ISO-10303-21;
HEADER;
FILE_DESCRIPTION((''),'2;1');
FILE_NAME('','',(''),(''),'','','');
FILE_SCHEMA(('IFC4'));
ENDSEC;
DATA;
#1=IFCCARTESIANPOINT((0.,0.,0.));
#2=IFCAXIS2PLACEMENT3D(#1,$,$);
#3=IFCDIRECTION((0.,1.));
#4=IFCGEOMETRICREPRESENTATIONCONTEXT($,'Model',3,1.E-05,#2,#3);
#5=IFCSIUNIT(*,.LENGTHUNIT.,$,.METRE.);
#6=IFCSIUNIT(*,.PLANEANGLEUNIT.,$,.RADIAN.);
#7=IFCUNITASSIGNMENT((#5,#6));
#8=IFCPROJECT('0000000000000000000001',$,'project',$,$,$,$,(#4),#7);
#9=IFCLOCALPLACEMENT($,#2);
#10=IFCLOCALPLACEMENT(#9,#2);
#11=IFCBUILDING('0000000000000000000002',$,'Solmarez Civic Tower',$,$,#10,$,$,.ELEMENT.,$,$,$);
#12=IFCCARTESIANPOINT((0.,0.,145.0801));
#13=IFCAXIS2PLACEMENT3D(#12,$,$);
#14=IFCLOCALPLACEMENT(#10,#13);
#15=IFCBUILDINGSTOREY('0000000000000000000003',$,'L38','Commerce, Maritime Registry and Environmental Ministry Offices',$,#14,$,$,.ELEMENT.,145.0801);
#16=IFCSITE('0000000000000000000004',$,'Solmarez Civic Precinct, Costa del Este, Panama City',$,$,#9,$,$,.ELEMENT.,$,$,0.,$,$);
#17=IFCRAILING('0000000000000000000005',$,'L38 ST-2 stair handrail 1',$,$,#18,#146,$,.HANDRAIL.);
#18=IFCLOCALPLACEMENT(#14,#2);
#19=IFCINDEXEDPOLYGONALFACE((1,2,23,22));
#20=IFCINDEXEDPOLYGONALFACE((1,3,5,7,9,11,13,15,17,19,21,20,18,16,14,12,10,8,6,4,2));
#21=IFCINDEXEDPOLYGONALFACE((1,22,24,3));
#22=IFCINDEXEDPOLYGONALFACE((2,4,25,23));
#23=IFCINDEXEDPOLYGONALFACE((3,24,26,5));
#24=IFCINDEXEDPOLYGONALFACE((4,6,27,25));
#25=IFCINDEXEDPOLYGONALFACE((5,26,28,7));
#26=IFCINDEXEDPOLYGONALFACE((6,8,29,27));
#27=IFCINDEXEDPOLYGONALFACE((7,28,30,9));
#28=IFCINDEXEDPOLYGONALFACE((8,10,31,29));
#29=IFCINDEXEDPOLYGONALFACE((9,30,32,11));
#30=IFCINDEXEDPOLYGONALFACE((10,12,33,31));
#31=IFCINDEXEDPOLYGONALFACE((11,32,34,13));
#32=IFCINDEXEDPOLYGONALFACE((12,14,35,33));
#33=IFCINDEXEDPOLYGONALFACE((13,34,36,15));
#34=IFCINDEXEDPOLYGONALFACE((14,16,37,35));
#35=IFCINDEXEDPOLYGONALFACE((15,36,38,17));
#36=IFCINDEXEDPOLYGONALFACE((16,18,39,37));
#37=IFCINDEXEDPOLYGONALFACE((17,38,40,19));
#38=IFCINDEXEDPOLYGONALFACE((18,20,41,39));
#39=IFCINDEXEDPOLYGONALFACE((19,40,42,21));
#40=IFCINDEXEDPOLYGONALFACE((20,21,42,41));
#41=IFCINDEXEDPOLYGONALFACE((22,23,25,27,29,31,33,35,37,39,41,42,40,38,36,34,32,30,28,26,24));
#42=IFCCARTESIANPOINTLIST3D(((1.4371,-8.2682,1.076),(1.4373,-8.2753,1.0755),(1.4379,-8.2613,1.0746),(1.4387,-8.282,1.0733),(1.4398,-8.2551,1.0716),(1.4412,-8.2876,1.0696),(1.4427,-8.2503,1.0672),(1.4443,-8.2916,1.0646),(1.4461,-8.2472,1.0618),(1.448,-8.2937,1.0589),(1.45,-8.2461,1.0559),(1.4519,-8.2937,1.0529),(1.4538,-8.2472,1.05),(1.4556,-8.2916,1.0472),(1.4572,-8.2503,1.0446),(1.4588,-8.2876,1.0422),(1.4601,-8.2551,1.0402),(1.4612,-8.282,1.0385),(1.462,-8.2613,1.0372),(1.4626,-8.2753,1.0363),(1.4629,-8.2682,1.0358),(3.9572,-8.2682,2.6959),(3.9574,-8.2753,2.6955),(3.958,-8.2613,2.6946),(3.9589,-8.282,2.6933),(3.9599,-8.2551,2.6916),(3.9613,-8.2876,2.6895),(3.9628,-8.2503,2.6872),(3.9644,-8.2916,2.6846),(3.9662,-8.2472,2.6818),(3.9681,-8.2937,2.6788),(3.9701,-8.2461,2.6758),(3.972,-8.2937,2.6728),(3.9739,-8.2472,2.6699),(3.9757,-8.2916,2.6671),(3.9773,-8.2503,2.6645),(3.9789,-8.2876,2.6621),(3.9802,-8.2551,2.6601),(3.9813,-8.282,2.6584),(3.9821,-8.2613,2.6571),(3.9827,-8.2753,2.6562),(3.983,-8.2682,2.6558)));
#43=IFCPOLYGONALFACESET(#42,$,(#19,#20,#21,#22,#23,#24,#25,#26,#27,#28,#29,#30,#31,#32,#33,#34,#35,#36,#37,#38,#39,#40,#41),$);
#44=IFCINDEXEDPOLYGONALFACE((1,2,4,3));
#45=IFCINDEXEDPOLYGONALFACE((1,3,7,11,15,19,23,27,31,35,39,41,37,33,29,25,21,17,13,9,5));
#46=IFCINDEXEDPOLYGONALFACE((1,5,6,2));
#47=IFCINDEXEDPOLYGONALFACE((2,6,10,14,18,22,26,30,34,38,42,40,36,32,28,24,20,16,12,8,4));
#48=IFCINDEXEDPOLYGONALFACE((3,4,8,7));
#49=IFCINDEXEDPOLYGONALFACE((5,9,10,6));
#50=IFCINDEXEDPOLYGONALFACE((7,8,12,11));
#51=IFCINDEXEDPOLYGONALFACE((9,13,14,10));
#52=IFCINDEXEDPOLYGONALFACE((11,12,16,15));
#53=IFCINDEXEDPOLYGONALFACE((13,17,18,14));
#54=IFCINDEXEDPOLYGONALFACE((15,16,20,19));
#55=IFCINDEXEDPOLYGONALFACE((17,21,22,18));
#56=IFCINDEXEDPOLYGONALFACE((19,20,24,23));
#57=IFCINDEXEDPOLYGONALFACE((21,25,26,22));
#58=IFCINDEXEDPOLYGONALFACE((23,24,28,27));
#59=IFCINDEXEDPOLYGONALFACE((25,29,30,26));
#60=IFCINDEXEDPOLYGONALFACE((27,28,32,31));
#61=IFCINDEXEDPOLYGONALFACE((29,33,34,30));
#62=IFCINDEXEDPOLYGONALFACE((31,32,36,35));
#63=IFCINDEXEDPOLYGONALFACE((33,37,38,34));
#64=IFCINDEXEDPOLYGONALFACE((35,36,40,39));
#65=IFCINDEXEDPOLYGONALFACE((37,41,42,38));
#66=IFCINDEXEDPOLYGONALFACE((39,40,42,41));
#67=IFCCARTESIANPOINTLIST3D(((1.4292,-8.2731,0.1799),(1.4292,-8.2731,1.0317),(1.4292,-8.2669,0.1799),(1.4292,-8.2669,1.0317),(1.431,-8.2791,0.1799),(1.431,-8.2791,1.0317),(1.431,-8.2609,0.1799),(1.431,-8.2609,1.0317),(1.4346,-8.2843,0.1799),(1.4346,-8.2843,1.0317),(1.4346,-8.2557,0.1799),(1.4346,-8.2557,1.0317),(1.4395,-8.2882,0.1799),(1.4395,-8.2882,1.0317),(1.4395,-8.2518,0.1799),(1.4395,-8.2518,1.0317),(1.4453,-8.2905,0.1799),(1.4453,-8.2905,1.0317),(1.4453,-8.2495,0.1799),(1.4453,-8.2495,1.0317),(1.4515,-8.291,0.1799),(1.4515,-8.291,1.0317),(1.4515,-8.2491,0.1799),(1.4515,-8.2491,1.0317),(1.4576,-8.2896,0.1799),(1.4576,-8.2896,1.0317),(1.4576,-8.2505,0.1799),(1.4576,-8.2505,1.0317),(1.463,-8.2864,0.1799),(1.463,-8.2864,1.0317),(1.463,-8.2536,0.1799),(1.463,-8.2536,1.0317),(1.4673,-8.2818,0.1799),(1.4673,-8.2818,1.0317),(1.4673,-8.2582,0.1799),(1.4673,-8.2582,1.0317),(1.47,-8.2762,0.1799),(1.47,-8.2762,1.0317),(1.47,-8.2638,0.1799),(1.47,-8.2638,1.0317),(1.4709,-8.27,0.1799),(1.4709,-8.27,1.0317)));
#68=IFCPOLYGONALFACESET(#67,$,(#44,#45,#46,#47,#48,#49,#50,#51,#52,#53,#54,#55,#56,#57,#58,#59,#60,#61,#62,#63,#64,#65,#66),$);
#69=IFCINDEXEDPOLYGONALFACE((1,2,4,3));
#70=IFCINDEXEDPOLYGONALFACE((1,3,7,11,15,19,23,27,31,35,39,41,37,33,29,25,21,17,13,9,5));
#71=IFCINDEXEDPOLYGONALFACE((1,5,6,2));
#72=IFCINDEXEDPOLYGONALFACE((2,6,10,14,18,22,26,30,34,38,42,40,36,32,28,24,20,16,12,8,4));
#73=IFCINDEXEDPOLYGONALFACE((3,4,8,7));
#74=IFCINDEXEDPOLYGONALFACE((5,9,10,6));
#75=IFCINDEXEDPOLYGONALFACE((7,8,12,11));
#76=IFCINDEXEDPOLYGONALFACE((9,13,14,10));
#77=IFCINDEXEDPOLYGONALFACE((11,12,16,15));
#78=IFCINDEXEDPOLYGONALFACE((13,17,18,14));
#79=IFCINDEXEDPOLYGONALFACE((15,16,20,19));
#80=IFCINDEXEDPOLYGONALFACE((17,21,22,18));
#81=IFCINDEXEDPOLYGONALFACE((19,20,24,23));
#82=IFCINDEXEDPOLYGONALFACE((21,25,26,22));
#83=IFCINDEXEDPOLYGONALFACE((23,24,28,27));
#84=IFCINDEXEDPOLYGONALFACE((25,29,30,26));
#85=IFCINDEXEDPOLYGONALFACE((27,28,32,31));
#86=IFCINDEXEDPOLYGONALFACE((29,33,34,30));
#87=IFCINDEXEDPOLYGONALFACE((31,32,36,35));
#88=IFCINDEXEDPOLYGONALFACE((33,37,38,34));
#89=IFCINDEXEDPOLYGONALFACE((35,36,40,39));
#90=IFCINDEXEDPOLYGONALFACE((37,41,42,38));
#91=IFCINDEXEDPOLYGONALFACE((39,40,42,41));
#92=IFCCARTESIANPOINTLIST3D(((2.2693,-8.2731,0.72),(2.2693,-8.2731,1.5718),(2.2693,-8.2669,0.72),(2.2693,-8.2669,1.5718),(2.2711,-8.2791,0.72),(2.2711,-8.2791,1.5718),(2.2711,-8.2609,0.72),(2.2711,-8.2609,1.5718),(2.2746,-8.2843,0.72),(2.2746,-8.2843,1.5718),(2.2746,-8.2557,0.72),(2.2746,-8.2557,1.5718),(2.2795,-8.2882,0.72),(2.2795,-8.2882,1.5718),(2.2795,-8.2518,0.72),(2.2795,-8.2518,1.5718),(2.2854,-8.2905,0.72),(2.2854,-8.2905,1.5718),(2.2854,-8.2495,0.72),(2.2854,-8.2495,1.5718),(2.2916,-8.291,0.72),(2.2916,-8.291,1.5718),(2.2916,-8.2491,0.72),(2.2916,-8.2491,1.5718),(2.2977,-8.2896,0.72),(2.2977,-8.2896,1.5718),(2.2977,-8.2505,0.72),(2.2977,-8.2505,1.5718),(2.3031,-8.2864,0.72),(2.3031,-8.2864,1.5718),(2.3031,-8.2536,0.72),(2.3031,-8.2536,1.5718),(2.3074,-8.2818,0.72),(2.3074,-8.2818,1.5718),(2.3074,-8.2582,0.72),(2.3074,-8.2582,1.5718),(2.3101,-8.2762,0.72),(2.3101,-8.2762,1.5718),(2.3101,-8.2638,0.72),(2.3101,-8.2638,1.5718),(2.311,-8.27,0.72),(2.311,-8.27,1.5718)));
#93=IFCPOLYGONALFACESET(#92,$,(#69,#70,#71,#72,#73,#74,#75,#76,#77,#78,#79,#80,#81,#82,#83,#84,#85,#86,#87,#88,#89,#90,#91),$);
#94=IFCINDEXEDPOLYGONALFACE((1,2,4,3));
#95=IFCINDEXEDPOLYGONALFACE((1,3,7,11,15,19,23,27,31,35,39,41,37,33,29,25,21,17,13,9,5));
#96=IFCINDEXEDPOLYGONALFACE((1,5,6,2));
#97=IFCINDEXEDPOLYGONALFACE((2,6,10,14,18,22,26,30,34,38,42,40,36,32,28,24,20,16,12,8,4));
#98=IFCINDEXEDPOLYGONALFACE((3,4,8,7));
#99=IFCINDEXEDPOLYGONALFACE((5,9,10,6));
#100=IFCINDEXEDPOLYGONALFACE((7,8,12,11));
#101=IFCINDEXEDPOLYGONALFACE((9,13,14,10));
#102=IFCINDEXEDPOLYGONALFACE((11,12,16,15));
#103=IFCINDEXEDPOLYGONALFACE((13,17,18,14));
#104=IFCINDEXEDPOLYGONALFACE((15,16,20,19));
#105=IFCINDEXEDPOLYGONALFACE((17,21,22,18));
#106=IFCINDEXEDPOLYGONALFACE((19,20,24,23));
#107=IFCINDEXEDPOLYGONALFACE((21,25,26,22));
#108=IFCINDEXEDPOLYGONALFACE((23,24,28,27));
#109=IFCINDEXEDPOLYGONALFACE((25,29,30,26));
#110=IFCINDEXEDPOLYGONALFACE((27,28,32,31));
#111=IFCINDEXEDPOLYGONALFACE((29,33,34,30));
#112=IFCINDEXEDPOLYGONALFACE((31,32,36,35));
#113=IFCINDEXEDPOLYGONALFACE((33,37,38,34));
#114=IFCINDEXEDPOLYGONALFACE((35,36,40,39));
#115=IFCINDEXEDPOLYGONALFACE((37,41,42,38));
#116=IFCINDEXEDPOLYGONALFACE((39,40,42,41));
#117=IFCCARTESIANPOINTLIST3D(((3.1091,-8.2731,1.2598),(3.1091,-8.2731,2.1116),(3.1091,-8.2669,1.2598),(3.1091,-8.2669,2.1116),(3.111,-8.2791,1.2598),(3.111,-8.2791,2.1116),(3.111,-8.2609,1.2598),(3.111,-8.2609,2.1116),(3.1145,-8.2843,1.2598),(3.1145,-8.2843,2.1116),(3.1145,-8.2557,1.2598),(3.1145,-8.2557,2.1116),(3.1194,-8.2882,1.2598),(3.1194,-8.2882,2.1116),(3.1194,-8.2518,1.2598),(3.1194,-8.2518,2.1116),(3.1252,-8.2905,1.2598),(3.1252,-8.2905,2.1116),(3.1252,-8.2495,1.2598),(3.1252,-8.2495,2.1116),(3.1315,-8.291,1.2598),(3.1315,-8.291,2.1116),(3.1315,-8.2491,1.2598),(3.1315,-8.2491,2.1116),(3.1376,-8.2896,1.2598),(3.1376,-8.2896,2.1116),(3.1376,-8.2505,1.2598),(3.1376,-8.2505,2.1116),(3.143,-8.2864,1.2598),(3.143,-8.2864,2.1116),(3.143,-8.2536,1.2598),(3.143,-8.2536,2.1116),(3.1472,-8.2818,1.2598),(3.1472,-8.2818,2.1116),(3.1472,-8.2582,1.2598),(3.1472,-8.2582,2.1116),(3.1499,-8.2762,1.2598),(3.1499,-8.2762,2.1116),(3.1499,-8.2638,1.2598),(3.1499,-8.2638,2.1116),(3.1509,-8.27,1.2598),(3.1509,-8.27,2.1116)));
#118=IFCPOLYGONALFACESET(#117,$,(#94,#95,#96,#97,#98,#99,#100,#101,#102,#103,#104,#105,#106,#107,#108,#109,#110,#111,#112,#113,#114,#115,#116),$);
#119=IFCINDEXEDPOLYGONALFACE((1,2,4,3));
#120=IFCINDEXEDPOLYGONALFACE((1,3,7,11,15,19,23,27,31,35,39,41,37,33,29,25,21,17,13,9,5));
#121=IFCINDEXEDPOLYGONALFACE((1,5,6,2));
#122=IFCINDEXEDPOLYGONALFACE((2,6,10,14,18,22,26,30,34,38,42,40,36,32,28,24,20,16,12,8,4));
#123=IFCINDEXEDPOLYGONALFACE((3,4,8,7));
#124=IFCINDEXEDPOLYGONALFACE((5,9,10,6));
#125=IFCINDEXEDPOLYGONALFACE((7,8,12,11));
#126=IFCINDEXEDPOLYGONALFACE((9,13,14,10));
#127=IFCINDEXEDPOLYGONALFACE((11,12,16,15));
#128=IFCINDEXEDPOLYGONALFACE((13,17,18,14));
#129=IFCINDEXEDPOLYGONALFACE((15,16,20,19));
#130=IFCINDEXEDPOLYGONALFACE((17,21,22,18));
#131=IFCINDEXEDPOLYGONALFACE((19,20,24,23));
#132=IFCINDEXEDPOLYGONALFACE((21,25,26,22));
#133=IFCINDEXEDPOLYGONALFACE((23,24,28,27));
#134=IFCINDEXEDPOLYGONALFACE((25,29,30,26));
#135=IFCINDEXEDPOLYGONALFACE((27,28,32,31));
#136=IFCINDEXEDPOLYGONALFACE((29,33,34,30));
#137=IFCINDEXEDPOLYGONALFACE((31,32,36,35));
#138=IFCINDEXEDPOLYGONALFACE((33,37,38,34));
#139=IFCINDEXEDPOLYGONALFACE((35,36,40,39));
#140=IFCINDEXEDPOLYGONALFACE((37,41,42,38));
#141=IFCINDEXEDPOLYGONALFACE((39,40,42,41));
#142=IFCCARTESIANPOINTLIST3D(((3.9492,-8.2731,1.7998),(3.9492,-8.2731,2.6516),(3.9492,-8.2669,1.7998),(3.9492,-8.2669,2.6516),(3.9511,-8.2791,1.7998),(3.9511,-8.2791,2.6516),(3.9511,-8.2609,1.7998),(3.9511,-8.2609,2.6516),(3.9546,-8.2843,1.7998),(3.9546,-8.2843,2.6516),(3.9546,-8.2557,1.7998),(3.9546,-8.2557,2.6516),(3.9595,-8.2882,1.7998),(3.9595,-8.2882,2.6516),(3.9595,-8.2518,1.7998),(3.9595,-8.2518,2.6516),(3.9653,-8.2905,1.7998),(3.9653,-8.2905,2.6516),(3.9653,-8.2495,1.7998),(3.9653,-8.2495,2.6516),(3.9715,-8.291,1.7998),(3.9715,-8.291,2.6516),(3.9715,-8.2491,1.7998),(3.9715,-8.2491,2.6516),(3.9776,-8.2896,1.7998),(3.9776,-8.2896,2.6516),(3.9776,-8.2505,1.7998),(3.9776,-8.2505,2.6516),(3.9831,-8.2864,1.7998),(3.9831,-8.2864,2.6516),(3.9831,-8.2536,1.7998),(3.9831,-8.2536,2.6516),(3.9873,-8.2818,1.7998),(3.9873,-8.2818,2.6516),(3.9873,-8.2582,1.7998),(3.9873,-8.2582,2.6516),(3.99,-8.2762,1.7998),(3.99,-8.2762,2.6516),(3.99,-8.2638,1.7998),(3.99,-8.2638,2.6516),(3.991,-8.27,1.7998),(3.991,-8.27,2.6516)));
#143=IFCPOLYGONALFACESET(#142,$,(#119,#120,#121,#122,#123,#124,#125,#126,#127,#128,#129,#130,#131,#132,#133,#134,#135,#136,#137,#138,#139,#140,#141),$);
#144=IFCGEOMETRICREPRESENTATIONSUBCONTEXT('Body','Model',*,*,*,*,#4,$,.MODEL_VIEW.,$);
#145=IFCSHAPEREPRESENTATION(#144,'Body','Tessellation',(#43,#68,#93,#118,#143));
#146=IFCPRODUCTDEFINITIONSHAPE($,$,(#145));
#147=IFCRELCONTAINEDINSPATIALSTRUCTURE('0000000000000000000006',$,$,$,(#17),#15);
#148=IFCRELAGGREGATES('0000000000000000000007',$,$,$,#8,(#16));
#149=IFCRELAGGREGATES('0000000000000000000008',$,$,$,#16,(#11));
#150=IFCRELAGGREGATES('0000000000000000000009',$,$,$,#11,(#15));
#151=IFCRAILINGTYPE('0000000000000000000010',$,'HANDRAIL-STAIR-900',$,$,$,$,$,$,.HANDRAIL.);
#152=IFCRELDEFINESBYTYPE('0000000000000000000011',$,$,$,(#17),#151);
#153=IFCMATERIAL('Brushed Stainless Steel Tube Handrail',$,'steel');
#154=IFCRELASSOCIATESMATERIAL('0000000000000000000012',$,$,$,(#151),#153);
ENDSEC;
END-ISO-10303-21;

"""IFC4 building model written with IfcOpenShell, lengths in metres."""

from ifc_helpers import new_model, si_unit, direction, frame, origin, origin_2d, place, context, subcontext, project, spatial, circle, extrude, material, type_object, element, save


model = new_model("IFC4")

# Units and contexts
model_context = context("Model", 3, precision=1e-05, world=origin(), true_north=direction((0.0, 1.0)))
body_context = subcontext(model_context, "Body", "Model", "MODEL_VIEW")
ifc_project = project(units=[si_unit("LENGTHUNIT", "METRE"), si_unit("PLANEANGLEUNIT", "RADIAN")], contexts=[model_context])

# Site, building, storey
site_placement = place(None, origin())
site = spatial("IfcSite", under=ifc_project, at=site_placement, Name="Solmarez Civic Precinct, Costa del Este, Panama City", CompositionType="ELEMENT", RefElevation=0.0)
building_placement = place(site_placement, origin())
building = spatial("IfcBuilding", under=site, at=building_placement, Name="Solmarez Civic Tower", CompositionType="ELEMENT")
storey_placement = place(building_placement, frame((0.0, 0.0, 145.0801)))
storey = spatial("IfcBuildingStorey", under=building, at=storey_placement, Name="L38", Description="Commerce, Maritime Registry and Environmental Ministry Offices", CompositionType="ELEMENT", Elevation=145.0801)

# Railing
ifc_material_1 = material(Name="Brushed Stainless Steel Tube Handrail", Category="steel")
railing_type_1 = type_object("IfcRailingType", Name="HANDRAIL-STAIR-900", PredefinedType="HANDRAIL", material=ifc_material_1)
railing_1_placement = place(storey_placement, frame((1.45, -8.27, 0.1799)))
element("IfcRailing", 1, at=railing_1_placement, inside=storey, type_object=railing_type_1, Name="L38 ST-2 stair handrail 1", PredefinedType="HANDRAIL", context=body_context, shape_type="SweptSolid", body=[
    extrude(circle(Radius=0.0239, at=origin_2d()), frame((0.0, 0.0, 0.876), z_axis=(0.8412, 0.0, 0.540725), x_axis=(0.0, 1.0, 0.0)), (0.0, 0.0, 1.0), 2.9958),
    extrude(circle(Radius=0.021, at=origin_2d()), origin(), (0.0, 0.0, 1.0), 0.8518),
    extrude(circle(Radius=0.021, at=origin_2d()), frame((0.8401, 0.0, 0.54)), (0.0, 0.0, 1.0), 0.8518),
    extrude(circle(Radius=0.021, at=origin_2d()), frame((1.6799, 0.0, 1.0798)), (0.0, 0.0, 1.0), 0.8518),
    extrude(circle(Radius=0.021, at=origin_2d()), frame((2.52, 0.0, 1.6199)), (0.0, 0.0, 1.0), 0.8518),
])

save(model, "model.ifc")
